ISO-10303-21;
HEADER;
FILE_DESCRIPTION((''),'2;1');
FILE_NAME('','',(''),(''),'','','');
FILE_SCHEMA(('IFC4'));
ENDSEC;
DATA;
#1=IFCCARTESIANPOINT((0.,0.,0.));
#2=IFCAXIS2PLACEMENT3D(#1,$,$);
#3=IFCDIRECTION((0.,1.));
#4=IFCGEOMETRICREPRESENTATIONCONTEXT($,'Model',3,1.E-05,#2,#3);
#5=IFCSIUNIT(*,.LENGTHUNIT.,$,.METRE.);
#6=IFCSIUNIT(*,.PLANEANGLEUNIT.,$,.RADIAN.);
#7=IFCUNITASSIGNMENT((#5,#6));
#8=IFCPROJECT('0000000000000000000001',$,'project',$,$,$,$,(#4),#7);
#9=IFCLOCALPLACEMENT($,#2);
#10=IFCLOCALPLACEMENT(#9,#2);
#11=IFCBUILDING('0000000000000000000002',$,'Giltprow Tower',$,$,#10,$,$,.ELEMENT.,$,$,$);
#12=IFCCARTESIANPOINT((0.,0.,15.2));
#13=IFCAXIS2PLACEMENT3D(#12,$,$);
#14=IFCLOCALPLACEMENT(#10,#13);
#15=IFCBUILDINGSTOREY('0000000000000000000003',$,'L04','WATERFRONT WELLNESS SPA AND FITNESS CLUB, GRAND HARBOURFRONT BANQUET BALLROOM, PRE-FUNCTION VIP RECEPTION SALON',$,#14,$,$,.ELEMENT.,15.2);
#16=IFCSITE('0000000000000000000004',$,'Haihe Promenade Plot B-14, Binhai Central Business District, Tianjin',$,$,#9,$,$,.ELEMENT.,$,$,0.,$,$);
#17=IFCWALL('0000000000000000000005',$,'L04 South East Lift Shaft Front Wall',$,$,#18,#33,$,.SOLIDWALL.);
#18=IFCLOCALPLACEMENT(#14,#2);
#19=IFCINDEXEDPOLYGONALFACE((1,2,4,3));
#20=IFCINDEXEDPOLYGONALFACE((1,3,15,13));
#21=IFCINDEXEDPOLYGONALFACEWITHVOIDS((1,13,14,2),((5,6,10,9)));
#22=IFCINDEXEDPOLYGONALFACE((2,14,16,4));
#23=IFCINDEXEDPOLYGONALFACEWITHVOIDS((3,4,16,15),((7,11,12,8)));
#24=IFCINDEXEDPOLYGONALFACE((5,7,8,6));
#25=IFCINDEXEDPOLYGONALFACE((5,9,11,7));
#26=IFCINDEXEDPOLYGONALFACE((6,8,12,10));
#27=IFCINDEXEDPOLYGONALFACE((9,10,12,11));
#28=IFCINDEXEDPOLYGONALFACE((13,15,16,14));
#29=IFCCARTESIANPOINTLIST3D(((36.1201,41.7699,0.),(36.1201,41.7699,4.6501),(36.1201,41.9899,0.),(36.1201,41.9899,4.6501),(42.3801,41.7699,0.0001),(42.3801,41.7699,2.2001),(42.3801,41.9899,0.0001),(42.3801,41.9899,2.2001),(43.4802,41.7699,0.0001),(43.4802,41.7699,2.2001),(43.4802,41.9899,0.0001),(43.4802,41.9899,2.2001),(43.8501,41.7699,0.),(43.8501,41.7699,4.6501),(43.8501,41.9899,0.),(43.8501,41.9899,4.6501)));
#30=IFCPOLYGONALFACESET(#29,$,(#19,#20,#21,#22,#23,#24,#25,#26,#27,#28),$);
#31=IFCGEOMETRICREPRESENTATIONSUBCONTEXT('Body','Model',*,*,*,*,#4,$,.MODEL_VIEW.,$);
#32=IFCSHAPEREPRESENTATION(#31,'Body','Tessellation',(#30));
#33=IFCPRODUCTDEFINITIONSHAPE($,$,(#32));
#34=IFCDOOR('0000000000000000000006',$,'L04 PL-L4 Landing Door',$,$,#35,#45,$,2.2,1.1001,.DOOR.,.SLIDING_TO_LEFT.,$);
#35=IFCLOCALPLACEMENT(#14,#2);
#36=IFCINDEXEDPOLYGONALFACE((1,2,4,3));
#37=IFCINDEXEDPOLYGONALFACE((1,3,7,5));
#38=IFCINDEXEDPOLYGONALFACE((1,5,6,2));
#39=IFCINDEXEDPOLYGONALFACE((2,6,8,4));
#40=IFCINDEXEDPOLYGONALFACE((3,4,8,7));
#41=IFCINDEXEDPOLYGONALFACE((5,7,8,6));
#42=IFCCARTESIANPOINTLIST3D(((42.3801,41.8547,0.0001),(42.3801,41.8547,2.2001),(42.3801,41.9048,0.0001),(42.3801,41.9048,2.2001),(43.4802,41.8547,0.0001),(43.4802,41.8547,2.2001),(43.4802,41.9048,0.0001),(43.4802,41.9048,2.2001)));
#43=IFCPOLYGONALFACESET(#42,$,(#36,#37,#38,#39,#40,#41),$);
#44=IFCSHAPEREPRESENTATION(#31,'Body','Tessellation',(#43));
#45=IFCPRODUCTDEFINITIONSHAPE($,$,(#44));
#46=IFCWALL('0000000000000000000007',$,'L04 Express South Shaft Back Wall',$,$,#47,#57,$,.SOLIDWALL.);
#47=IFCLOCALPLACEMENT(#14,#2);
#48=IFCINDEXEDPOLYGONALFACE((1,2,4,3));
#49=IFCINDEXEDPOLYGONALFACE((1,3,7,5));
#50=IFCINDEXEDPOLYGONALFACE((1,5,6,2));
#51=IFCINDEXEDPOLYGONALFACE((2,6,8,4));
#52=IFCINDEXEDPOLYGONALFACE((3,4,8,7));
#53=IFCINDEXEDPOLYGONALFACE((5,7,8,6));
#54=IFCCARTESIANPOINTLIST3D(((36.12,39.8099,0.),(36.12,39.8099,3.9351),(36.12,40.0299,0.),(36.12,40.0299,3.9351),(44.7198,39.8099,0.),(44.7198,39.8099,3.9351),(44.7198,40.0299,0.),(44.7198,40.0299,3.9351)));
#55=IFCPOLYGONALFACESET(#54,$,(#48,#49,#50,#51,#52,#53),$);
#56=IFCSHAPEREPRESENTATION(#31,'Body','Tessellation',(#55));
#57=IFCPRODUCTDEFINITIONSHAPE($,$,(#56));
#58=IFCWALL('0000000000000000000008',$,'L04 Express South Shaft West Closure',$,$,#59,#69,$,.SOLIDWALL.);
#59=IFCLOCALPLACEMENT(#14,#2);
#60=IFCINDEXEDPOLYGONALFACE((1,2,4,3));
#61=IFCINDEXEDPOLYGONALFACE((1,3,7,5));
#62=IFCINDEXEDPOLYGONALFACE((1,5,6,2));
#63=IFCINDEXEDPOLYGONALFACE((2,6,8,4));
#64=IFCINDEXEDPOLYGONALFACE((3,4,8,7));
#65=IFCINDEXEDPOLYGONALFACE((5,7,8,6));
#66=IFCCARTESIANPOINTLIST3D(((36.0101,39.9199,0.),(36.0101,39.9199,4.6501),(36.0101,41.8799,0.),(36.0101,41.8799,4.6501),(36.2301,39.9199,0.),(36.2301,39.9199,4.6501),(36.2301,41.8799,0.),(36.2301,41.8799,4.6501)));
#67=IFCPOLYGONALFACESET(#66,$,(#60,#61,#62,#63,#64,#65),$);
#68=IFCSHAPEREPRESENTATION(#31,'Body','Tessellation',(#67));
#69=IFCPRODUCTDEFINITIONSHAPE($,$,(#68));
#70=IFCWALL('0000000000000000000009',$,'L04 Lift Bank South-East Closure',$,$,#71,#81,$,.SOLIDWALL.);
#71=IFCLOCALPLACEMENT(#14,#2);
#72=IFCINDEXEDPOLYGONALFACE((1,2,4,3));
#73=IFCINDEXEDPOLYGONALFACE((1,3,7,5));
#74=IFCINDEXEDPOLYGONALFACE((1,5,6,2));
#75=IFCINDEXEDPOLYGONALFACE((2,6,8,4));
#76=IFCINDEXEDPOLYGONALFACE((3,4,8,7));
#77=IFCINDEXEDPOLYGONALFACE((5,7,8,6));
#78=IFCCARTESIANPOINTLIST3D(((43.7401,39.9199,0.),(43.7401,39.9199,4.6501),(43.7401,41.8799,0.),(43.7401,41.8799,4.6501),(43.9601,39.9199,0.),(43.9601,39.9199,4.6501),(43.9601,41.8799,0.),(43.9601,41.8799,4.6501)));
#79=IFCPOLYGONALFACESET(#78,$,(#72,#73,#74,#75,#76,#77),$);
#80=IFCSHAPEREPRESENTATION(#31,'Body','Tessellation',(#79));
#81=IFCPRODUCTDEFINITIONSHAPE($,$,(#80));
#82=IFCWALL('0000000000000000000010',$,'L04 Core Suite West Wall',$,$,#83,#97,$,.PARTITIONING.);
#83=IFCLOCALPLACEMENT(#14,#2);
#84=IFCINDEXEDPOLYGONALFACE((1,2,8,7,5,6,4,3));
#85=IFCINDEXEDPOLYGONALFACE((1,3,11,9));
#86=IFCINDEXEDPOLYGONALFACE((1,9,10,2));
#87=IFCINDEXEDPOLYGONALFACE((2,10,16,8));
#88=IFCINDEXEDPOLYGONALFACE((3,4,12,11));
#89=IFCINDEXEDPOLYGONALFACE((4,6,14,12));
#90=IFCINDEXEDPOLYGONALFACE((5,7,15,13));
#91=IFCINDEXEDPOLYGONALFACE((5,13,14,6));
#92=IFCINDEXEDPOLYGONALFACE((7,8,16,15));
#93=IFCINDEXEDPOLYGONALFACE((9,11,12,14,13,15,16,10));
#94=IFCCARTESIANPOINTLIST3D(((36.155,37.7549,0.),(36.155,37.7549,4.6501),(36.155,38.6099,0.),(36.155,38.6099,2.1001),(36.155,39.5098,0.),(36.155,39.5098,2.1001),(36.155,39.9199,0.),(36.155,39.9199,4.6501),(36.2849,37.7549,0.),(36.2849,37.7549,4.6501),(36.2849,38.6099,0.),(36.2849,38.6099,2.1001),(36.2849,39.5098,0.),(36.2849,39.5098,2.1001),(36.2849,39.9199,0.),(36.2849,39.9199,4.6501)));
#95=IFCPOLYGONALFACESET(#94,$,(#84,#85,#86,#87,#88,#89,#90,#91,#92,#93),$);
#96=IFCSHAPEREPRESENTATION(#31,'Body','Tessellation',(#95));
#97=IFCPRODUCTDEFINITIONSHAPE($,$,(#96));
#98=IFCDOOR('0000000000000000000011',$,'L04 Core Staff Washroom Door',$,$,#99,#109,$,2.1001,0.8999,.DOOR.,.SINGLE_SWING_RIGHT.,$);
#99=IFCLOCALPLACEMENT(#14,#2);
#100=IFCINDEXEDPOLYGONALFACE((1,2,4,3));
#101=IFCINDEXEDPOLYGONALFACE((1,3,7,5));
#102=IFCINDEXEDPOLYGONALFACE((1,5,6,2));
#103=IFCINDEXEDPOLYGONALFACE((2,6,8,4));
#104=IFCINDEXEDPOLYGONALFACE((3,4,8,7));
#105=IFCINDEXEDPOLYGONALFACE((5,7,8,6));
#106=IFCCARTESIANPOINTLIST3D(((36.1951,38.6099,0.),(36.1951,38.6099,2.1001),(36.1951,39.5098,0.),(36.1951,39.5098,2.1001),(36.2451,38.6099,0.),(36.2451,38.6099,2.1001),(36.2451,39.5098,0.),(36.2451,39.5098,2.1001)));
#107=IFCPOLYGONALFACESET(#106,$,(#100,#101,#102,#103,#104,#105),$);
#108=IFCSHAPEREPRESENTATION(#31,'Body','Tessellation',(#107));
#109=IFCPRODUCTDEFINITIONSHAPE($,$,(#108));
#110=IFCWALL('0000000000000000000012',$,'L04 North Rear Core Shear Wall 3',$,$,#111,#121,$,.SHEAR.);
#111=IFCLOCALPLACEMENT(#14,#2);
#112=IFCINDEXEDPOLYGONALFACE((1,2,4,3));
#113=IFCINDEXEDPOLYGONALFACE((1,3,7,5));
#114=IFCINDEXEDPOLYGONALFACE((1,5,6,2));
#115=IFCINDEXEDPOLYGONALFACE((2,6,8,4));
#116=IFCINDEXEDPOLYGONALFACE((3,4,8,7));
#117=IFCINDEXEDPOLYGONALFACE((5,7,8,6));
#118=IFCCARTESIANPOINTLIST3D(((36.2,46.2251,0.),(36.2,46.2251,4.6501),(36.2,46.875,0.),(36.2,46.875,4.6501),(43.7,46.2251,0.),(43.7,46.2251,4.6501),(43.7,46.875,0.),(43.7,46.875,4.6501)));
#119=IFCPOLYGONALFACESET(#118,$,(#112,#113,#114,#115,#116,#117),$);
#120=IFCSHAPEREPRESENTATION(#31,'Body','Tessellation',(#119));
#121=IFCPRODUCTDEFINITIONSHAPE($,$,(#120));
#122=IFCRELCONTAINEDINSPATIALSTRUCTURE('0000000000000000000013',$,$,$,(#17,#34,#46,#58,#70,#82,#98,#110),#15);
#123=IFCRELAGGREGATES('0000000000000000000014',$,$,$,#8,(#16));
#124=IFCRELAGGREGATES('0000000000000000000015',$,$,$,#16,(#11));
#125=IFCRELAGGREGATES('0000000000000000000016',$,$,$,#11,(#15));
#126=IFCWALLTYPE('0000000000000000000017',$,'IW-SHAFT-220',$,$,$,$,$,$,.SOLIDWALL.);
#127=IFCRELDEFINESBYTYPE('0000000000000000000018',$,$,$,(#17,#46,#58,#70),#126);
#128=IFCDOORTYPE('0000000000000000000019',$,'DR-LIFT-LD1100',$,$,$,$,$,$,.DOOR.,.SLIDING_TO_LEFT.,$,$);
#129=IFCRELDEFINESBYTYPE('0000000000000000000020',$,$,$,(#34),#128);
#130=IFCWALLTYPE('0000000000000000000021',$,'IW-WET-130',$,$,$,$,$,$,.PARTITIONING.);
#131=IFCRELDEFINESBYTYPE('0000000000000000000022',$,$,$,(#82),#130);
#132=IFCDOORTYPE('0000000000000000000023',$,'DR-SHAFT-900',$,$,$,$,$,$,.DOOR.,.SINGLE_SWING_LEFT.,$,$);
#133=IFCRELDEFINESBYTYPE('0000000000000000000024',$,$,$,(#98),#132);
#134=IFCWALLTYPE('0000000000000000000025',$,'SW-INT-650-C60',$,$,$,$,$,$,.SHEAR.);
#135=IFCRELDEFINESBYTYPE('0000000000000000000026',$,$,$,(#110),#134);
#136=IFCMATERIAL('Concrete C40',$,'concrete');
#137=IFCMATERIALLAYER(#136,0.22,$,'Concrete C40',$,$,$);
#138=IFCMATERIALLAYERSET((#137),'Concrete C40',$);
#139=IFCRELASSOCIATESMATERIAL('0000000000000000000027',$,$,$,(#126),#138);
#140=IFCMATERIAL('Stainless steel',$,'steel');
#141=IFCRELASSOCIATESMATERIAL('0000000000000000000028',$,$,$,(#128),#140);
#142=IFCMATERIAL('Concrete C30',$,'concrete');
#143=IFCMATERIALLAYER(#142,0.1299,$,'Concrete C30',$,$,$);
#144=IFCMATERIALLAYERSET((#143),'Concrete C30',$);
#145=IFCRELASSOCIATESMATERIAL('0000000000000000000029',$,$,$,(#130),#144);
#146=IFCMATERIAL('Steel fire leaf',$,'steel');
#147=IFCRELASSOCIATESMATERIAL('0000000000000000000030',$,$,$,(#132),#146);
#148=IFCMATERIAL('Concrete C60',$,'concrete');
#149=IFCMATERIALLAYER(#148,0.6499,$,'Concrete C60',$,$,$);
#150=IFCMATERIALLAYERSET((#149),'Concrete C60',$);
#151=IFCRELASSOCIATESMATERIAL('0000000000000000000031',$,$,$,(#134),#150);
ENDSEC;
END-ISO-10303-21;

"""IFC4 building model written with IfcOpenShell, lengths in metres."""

from ifc_helpers import new_model, si_unit, direction, frame, frame_2d, origin, place, context, subcontext, project, spatial, rectangle, extrude, source, transform, mapped, material, layer, layer_set, type_object, element, fill, save


model = new_model("IFC4")

# Units and contexts
model_context = context("Model", 3, precision=1e-05, world=origin(), true_north=direction((0.0, 1.0)))
body_context = subcontext(model_context, "Body", "Model", "MODEL_VIEW")
ifc_project = project(units=[si_unit("LENGTHUNIT", "METRE"), si_unit("PLANEANGLEUNIT", "RADIAN")], contexts=[model_context])

# Site, building, storey
site_placement = place(None, origin())
site = spatial("IfcSite", under=ifc_project, at=site_placement, Name="Haihe Promenade Plot B-14, Binhai Central Business District, Tianjin", CompositionType="ELEMENT", RefElevation=0.0)
building_placement = place(site_placement, origin())
building = spatial("IfcBuilding", under=site, at=building_placement, Name="Giltprow Tower", CompositionType="ELEMENT")
storey_placement = place(building_placement, frame((0.0, 0.0, 15.2)))
storey = spatial("IfcBuildingStorey", under=building, at=storey_placement, Name="L04", Description="WATERFRONT WELLNESS SPA AND FITNESS CLUB, GRAND HARBOURFRONT BANQUET BALLROOM, PRE-FUNCTION VIP RECEPTION SALON", CompositionType="ELEMENT", Elevation=15.2)

# Shared definitions
ifc_material_1 = material(Name="Concrete C60", Category="concrete")

# Shared definitions
ifc_material_2 = material(Name="Concrete C40", Category="concrete")
ifc_layer_1 = layer(ifc_material_2, 0.22, Name="Concrete C40")
ifc_layer_set_1 = layer_set([ifc_layer_1], Name="Concrete C40")
wall_type_1 = type_object("IfcWallType", Name="IW-SHAFT-220", PredefinedType="SOLIDWALL", material=ifc_layer_set_1)

# Wall, opening, door
wall_1_placement = place(storey_placement, frame((36.1201, 41.8799, 0.0), z_axis=(0.0, 0.0, 1.0), x_axis=(1.0, 0.0, 0.0)))
wall_1 = element("IfcWall", 1, at=wall_1_placement, inside=storey, type_object=wall_type_1, Name="L04 South East Lift Shaft Front Wall", PredefinedType="SOLIDWALL", context=body_context, shape_type="SweptSolid", body=[
    extrude(rectangle(XDim=7.73, YDim=0.22, at=frame_2d((3.865, 0.0))), origin(), (0.0, 0.0, 1.0), 4.6501),
])
opening_1_placement = place(wall_1_placement, frame((6.26, 0.0, 0.0)))
opening_1 = element("IfcOpeningElement", 2, at=opening_1_placement, cuts=wall_1, PredefinedType="OPENING", context=body_context, shape_type="SweptSolid", body=[
    extrude(rectangle(XDim=1.1001, YDim=2.2, at=frame_2d((0.55, 1.1001))), frame((0.0, 0.1199, 0.0), z_axis=(0.0, -1.0, 0.0), x_axis=(1.0, 0.0, 0.0)), (0.0, 0.0, 1.0), 0.24),
])
ifc_material_3 = material(Name="Stainless steel", Category="steel")
door_type_1 = type_object("IfcDoorType", Name="DR-LIFT-LD1100", OperationType="SLIDING_TO_LEFT", PredefinedType="DOOR", material=ifc_material_3)
shared_shape_1 = source(origin(), body_context, "Body", "SweptSolid", [
    extrude(rectangle(XDim=1.1001, YDim=2.2, at=frame_2d((0.55, 1.1001))), frame((0.0, 0.0249, 0.0), z_axis=(0.0, -1.0, 0.0), x_axis=(1.0, 0.0, 0.0)), (0.0, 0.0, 1.0), 0.05),
])
door_1_placement = place(opening_1_placement, origin())
door_1 = element("IfcDoor", 3, at=door_1_placement, inside=storey, type_object=door_type_1, Name="L04 PL-L4 Landing Door", OperationType="SLIDING_TO_LEFT", OverallHeight=2.2, OverallWidth=1.1001, PredefinedType="DOOR", context=body_context, shape_type="MappedRepresentation", body=[
    mapped(shared_shape_1, transform((0.0, 0.0, 0.0), x_axis=(1.0, 0.0, 0.0), y_axis=(0.0, 1.0, 0.0), z_axis=(0.0, 0.0, 1.0), scale=1.0)),
])
fill(opening_1, door_1)

# Walls
wall_2_placement = place(storey_placement, frame((36.1201, 39.9199, 0.0), z_axis=(0.0, 0.0, 1.0), x_axis=(1.0, 0.0, 0.0)))
element("IfcWall", 4, at=wall_2_placement, inside=storey, type_object=wall_type_1, Name="L04 Express South Shaft Back Wall", PredefinedType="SOLIDWALL", context=body_context, shape_type="SweptSolid", body=[
    extrude(rectangle(XDim=8.5999, YDim=0.22, at=frame_2d((4.2998, 0.0))), origin(), (0.0, 0.0, 1.0), 3.9351),
])
for number, where, z_axis, x_axis, name in (
    (5, (36.1201, 39.9199, 0.0), (0.0, 0.0, 1.0), (0.0, 1.0, 0.0), "L04 Express South Shaft West Closure"),
    (6, (43.8501, 39.9199, 0.0), (0.0, 0.0, 1.0), (0.0, 1.0, 0.0), "L04 Lift Bank South-East Closure"),
):
    element("IfcWall", number, at=place(storey_placement, frame(where, z_axis=z_axis, x_axis=x_axis)), inside=storey, type_object=wall_type_1, Name=name, PredefinedType="SOLIDWALL", context=body_context, shape_type="SweptSolid", body=[
        extrude(rectangle(XDim=1.96, YDim=0.22, at=frame_2d((0.98, 0.0))), origin(), (0.0, 0.0, 1.0), 4.6501),
    ])

# Wall, opening, door
ifc_material_4 = material(Name="Concrete C30", Category="concrete")
ifc_layer_2 = layer(ifc_material_4, 0.1299, Name="Concrete C30")
ifc_layer_set_2 = layer_set([ifc_layer_2], Name="Concrete C30")
wall_type_2 = type_object("IfcWallType", Name="IW-WET-130", PredefinedType="PARTITIONING", material=ifc_layer_set_2)
wall_3_placement = place(storey_placement, frame((36.22, 37.7549, 0.0), z_axis=(0.0, 0.0, 1.0), x_axis=(0.0, 1.0, 0.0)))
wall_3 = element("IfcWall", 7, at=wall_3_placement, inside=storey, type_object=wall_type_2, Name="L04 Core Suite West Wall", PredefinedType="PARTITIONING", context=body_context, shape_type="SweptSolid", body=[
    extrude(rectangle(XDim=2.165, YDim=0.1299, at=frame_2d((1.0825, 0.0))), origin(), (0.0, 0.0, 1.0), 4.6501),
])
opening_2_placement = place(wall_3_placement, frame((0.855, 0.0, 0.0)))
opening_2 = element("IfcOpeningElement", 8, at=opening_2_placement, cuts=wall_3, PredefinedType="OPENING", context=body_context, shape_type="SweptSolid", body=[
    extrude(rectangle(XDim=0.8999, YDim=2.1001, at=frame_2d((0.45, 1.05))), frame((0.0, 0.075, 0.0), z_axis=(0.0, -1.0, 0.0), x_axis=(1.0, 0.0, 0.0)), (0.0, 0.0, 1.0), 0.1499),
])
ifc_material_5 = material(Name="Steel fire leaf", Category="steel")
door_type_2 = type_object("IfcDoorType", Name="DR-SHAFT-900", OperationType="SINGLE_SWING_LEFT", PredefinedType="DOOR", material=ifc_material_5)
shared_shape_2 = source(origin(), body_context, "Body", "SweptSolid", [
    extrude(rectangle(XDim=0.8999, YDim=2.1001, at=frame_2d((0.45, 1.05))), frame((0.0, 0.0249, 0.0), z_axis=(0.0, -1.0, 0.0), x_axis=(1.0, 0.0, 0.0)), (0.0, 0.0, 1.0), 0.05),
])
door_2_placement = place(opening_2_placement, origin())
door_2 = element("IfcDoor", 9, at=door_2_placement, inside=storey, type_object=door_type_2, Name="L04 Core Staff Washroom Door", OperationType="SINGLE_SWING_RIGHT", OverallHeight=2.1001, OverallWidth=0.8999, PredefinedType="DOOR", context=body_context, shape_type="MappedRepresentation", body=[
    mapped(shared_shape_2, transform((0.0, 0.0, 0.0), x_axis=(1.0, 0.0, 0.0), y_axis=(0.0, 1.0, 0.0), z_axis=(0.0, 0.0, 1.0), scale=1.0)),
])
fill(opening_2, door_2)

# Wall
ifc_layer_3 = layer(ifc_material_1, 0.6499, Name="Concrete C60")
ifc_layer_set_3 = layer_set([ifc_layer_3], Name="Concrete C60")
wall_type_3 = type_object("IfcWallType", Name="SW-INT-650-C60", PredefinedType="SHEAR", material=ifc_layer_set_3)
wall_4_placement = place(storey_placement, frame((36.2, 46.55, 0.0), z_axis=(0.0, 0.0, 1.0), x_axis=(1.0, 0.0, 0.0)))
element("IfcWall", 10, at=wall_4_placement, inside=storey, type_object=wall_type_3, Name="L04 North Rear Core Shear Wall 3", PredefinedType="SHEAR", context=body_context, shape_type="SweptSolid", body=[
    extrude(rectangle(XDim=7.5, YDim=0.6499, at=frame_2d((3.75, 0.0))), origin(), (0.0, 0.0, 1.0), 4.6501),
])

save(model, "model.ifc")
